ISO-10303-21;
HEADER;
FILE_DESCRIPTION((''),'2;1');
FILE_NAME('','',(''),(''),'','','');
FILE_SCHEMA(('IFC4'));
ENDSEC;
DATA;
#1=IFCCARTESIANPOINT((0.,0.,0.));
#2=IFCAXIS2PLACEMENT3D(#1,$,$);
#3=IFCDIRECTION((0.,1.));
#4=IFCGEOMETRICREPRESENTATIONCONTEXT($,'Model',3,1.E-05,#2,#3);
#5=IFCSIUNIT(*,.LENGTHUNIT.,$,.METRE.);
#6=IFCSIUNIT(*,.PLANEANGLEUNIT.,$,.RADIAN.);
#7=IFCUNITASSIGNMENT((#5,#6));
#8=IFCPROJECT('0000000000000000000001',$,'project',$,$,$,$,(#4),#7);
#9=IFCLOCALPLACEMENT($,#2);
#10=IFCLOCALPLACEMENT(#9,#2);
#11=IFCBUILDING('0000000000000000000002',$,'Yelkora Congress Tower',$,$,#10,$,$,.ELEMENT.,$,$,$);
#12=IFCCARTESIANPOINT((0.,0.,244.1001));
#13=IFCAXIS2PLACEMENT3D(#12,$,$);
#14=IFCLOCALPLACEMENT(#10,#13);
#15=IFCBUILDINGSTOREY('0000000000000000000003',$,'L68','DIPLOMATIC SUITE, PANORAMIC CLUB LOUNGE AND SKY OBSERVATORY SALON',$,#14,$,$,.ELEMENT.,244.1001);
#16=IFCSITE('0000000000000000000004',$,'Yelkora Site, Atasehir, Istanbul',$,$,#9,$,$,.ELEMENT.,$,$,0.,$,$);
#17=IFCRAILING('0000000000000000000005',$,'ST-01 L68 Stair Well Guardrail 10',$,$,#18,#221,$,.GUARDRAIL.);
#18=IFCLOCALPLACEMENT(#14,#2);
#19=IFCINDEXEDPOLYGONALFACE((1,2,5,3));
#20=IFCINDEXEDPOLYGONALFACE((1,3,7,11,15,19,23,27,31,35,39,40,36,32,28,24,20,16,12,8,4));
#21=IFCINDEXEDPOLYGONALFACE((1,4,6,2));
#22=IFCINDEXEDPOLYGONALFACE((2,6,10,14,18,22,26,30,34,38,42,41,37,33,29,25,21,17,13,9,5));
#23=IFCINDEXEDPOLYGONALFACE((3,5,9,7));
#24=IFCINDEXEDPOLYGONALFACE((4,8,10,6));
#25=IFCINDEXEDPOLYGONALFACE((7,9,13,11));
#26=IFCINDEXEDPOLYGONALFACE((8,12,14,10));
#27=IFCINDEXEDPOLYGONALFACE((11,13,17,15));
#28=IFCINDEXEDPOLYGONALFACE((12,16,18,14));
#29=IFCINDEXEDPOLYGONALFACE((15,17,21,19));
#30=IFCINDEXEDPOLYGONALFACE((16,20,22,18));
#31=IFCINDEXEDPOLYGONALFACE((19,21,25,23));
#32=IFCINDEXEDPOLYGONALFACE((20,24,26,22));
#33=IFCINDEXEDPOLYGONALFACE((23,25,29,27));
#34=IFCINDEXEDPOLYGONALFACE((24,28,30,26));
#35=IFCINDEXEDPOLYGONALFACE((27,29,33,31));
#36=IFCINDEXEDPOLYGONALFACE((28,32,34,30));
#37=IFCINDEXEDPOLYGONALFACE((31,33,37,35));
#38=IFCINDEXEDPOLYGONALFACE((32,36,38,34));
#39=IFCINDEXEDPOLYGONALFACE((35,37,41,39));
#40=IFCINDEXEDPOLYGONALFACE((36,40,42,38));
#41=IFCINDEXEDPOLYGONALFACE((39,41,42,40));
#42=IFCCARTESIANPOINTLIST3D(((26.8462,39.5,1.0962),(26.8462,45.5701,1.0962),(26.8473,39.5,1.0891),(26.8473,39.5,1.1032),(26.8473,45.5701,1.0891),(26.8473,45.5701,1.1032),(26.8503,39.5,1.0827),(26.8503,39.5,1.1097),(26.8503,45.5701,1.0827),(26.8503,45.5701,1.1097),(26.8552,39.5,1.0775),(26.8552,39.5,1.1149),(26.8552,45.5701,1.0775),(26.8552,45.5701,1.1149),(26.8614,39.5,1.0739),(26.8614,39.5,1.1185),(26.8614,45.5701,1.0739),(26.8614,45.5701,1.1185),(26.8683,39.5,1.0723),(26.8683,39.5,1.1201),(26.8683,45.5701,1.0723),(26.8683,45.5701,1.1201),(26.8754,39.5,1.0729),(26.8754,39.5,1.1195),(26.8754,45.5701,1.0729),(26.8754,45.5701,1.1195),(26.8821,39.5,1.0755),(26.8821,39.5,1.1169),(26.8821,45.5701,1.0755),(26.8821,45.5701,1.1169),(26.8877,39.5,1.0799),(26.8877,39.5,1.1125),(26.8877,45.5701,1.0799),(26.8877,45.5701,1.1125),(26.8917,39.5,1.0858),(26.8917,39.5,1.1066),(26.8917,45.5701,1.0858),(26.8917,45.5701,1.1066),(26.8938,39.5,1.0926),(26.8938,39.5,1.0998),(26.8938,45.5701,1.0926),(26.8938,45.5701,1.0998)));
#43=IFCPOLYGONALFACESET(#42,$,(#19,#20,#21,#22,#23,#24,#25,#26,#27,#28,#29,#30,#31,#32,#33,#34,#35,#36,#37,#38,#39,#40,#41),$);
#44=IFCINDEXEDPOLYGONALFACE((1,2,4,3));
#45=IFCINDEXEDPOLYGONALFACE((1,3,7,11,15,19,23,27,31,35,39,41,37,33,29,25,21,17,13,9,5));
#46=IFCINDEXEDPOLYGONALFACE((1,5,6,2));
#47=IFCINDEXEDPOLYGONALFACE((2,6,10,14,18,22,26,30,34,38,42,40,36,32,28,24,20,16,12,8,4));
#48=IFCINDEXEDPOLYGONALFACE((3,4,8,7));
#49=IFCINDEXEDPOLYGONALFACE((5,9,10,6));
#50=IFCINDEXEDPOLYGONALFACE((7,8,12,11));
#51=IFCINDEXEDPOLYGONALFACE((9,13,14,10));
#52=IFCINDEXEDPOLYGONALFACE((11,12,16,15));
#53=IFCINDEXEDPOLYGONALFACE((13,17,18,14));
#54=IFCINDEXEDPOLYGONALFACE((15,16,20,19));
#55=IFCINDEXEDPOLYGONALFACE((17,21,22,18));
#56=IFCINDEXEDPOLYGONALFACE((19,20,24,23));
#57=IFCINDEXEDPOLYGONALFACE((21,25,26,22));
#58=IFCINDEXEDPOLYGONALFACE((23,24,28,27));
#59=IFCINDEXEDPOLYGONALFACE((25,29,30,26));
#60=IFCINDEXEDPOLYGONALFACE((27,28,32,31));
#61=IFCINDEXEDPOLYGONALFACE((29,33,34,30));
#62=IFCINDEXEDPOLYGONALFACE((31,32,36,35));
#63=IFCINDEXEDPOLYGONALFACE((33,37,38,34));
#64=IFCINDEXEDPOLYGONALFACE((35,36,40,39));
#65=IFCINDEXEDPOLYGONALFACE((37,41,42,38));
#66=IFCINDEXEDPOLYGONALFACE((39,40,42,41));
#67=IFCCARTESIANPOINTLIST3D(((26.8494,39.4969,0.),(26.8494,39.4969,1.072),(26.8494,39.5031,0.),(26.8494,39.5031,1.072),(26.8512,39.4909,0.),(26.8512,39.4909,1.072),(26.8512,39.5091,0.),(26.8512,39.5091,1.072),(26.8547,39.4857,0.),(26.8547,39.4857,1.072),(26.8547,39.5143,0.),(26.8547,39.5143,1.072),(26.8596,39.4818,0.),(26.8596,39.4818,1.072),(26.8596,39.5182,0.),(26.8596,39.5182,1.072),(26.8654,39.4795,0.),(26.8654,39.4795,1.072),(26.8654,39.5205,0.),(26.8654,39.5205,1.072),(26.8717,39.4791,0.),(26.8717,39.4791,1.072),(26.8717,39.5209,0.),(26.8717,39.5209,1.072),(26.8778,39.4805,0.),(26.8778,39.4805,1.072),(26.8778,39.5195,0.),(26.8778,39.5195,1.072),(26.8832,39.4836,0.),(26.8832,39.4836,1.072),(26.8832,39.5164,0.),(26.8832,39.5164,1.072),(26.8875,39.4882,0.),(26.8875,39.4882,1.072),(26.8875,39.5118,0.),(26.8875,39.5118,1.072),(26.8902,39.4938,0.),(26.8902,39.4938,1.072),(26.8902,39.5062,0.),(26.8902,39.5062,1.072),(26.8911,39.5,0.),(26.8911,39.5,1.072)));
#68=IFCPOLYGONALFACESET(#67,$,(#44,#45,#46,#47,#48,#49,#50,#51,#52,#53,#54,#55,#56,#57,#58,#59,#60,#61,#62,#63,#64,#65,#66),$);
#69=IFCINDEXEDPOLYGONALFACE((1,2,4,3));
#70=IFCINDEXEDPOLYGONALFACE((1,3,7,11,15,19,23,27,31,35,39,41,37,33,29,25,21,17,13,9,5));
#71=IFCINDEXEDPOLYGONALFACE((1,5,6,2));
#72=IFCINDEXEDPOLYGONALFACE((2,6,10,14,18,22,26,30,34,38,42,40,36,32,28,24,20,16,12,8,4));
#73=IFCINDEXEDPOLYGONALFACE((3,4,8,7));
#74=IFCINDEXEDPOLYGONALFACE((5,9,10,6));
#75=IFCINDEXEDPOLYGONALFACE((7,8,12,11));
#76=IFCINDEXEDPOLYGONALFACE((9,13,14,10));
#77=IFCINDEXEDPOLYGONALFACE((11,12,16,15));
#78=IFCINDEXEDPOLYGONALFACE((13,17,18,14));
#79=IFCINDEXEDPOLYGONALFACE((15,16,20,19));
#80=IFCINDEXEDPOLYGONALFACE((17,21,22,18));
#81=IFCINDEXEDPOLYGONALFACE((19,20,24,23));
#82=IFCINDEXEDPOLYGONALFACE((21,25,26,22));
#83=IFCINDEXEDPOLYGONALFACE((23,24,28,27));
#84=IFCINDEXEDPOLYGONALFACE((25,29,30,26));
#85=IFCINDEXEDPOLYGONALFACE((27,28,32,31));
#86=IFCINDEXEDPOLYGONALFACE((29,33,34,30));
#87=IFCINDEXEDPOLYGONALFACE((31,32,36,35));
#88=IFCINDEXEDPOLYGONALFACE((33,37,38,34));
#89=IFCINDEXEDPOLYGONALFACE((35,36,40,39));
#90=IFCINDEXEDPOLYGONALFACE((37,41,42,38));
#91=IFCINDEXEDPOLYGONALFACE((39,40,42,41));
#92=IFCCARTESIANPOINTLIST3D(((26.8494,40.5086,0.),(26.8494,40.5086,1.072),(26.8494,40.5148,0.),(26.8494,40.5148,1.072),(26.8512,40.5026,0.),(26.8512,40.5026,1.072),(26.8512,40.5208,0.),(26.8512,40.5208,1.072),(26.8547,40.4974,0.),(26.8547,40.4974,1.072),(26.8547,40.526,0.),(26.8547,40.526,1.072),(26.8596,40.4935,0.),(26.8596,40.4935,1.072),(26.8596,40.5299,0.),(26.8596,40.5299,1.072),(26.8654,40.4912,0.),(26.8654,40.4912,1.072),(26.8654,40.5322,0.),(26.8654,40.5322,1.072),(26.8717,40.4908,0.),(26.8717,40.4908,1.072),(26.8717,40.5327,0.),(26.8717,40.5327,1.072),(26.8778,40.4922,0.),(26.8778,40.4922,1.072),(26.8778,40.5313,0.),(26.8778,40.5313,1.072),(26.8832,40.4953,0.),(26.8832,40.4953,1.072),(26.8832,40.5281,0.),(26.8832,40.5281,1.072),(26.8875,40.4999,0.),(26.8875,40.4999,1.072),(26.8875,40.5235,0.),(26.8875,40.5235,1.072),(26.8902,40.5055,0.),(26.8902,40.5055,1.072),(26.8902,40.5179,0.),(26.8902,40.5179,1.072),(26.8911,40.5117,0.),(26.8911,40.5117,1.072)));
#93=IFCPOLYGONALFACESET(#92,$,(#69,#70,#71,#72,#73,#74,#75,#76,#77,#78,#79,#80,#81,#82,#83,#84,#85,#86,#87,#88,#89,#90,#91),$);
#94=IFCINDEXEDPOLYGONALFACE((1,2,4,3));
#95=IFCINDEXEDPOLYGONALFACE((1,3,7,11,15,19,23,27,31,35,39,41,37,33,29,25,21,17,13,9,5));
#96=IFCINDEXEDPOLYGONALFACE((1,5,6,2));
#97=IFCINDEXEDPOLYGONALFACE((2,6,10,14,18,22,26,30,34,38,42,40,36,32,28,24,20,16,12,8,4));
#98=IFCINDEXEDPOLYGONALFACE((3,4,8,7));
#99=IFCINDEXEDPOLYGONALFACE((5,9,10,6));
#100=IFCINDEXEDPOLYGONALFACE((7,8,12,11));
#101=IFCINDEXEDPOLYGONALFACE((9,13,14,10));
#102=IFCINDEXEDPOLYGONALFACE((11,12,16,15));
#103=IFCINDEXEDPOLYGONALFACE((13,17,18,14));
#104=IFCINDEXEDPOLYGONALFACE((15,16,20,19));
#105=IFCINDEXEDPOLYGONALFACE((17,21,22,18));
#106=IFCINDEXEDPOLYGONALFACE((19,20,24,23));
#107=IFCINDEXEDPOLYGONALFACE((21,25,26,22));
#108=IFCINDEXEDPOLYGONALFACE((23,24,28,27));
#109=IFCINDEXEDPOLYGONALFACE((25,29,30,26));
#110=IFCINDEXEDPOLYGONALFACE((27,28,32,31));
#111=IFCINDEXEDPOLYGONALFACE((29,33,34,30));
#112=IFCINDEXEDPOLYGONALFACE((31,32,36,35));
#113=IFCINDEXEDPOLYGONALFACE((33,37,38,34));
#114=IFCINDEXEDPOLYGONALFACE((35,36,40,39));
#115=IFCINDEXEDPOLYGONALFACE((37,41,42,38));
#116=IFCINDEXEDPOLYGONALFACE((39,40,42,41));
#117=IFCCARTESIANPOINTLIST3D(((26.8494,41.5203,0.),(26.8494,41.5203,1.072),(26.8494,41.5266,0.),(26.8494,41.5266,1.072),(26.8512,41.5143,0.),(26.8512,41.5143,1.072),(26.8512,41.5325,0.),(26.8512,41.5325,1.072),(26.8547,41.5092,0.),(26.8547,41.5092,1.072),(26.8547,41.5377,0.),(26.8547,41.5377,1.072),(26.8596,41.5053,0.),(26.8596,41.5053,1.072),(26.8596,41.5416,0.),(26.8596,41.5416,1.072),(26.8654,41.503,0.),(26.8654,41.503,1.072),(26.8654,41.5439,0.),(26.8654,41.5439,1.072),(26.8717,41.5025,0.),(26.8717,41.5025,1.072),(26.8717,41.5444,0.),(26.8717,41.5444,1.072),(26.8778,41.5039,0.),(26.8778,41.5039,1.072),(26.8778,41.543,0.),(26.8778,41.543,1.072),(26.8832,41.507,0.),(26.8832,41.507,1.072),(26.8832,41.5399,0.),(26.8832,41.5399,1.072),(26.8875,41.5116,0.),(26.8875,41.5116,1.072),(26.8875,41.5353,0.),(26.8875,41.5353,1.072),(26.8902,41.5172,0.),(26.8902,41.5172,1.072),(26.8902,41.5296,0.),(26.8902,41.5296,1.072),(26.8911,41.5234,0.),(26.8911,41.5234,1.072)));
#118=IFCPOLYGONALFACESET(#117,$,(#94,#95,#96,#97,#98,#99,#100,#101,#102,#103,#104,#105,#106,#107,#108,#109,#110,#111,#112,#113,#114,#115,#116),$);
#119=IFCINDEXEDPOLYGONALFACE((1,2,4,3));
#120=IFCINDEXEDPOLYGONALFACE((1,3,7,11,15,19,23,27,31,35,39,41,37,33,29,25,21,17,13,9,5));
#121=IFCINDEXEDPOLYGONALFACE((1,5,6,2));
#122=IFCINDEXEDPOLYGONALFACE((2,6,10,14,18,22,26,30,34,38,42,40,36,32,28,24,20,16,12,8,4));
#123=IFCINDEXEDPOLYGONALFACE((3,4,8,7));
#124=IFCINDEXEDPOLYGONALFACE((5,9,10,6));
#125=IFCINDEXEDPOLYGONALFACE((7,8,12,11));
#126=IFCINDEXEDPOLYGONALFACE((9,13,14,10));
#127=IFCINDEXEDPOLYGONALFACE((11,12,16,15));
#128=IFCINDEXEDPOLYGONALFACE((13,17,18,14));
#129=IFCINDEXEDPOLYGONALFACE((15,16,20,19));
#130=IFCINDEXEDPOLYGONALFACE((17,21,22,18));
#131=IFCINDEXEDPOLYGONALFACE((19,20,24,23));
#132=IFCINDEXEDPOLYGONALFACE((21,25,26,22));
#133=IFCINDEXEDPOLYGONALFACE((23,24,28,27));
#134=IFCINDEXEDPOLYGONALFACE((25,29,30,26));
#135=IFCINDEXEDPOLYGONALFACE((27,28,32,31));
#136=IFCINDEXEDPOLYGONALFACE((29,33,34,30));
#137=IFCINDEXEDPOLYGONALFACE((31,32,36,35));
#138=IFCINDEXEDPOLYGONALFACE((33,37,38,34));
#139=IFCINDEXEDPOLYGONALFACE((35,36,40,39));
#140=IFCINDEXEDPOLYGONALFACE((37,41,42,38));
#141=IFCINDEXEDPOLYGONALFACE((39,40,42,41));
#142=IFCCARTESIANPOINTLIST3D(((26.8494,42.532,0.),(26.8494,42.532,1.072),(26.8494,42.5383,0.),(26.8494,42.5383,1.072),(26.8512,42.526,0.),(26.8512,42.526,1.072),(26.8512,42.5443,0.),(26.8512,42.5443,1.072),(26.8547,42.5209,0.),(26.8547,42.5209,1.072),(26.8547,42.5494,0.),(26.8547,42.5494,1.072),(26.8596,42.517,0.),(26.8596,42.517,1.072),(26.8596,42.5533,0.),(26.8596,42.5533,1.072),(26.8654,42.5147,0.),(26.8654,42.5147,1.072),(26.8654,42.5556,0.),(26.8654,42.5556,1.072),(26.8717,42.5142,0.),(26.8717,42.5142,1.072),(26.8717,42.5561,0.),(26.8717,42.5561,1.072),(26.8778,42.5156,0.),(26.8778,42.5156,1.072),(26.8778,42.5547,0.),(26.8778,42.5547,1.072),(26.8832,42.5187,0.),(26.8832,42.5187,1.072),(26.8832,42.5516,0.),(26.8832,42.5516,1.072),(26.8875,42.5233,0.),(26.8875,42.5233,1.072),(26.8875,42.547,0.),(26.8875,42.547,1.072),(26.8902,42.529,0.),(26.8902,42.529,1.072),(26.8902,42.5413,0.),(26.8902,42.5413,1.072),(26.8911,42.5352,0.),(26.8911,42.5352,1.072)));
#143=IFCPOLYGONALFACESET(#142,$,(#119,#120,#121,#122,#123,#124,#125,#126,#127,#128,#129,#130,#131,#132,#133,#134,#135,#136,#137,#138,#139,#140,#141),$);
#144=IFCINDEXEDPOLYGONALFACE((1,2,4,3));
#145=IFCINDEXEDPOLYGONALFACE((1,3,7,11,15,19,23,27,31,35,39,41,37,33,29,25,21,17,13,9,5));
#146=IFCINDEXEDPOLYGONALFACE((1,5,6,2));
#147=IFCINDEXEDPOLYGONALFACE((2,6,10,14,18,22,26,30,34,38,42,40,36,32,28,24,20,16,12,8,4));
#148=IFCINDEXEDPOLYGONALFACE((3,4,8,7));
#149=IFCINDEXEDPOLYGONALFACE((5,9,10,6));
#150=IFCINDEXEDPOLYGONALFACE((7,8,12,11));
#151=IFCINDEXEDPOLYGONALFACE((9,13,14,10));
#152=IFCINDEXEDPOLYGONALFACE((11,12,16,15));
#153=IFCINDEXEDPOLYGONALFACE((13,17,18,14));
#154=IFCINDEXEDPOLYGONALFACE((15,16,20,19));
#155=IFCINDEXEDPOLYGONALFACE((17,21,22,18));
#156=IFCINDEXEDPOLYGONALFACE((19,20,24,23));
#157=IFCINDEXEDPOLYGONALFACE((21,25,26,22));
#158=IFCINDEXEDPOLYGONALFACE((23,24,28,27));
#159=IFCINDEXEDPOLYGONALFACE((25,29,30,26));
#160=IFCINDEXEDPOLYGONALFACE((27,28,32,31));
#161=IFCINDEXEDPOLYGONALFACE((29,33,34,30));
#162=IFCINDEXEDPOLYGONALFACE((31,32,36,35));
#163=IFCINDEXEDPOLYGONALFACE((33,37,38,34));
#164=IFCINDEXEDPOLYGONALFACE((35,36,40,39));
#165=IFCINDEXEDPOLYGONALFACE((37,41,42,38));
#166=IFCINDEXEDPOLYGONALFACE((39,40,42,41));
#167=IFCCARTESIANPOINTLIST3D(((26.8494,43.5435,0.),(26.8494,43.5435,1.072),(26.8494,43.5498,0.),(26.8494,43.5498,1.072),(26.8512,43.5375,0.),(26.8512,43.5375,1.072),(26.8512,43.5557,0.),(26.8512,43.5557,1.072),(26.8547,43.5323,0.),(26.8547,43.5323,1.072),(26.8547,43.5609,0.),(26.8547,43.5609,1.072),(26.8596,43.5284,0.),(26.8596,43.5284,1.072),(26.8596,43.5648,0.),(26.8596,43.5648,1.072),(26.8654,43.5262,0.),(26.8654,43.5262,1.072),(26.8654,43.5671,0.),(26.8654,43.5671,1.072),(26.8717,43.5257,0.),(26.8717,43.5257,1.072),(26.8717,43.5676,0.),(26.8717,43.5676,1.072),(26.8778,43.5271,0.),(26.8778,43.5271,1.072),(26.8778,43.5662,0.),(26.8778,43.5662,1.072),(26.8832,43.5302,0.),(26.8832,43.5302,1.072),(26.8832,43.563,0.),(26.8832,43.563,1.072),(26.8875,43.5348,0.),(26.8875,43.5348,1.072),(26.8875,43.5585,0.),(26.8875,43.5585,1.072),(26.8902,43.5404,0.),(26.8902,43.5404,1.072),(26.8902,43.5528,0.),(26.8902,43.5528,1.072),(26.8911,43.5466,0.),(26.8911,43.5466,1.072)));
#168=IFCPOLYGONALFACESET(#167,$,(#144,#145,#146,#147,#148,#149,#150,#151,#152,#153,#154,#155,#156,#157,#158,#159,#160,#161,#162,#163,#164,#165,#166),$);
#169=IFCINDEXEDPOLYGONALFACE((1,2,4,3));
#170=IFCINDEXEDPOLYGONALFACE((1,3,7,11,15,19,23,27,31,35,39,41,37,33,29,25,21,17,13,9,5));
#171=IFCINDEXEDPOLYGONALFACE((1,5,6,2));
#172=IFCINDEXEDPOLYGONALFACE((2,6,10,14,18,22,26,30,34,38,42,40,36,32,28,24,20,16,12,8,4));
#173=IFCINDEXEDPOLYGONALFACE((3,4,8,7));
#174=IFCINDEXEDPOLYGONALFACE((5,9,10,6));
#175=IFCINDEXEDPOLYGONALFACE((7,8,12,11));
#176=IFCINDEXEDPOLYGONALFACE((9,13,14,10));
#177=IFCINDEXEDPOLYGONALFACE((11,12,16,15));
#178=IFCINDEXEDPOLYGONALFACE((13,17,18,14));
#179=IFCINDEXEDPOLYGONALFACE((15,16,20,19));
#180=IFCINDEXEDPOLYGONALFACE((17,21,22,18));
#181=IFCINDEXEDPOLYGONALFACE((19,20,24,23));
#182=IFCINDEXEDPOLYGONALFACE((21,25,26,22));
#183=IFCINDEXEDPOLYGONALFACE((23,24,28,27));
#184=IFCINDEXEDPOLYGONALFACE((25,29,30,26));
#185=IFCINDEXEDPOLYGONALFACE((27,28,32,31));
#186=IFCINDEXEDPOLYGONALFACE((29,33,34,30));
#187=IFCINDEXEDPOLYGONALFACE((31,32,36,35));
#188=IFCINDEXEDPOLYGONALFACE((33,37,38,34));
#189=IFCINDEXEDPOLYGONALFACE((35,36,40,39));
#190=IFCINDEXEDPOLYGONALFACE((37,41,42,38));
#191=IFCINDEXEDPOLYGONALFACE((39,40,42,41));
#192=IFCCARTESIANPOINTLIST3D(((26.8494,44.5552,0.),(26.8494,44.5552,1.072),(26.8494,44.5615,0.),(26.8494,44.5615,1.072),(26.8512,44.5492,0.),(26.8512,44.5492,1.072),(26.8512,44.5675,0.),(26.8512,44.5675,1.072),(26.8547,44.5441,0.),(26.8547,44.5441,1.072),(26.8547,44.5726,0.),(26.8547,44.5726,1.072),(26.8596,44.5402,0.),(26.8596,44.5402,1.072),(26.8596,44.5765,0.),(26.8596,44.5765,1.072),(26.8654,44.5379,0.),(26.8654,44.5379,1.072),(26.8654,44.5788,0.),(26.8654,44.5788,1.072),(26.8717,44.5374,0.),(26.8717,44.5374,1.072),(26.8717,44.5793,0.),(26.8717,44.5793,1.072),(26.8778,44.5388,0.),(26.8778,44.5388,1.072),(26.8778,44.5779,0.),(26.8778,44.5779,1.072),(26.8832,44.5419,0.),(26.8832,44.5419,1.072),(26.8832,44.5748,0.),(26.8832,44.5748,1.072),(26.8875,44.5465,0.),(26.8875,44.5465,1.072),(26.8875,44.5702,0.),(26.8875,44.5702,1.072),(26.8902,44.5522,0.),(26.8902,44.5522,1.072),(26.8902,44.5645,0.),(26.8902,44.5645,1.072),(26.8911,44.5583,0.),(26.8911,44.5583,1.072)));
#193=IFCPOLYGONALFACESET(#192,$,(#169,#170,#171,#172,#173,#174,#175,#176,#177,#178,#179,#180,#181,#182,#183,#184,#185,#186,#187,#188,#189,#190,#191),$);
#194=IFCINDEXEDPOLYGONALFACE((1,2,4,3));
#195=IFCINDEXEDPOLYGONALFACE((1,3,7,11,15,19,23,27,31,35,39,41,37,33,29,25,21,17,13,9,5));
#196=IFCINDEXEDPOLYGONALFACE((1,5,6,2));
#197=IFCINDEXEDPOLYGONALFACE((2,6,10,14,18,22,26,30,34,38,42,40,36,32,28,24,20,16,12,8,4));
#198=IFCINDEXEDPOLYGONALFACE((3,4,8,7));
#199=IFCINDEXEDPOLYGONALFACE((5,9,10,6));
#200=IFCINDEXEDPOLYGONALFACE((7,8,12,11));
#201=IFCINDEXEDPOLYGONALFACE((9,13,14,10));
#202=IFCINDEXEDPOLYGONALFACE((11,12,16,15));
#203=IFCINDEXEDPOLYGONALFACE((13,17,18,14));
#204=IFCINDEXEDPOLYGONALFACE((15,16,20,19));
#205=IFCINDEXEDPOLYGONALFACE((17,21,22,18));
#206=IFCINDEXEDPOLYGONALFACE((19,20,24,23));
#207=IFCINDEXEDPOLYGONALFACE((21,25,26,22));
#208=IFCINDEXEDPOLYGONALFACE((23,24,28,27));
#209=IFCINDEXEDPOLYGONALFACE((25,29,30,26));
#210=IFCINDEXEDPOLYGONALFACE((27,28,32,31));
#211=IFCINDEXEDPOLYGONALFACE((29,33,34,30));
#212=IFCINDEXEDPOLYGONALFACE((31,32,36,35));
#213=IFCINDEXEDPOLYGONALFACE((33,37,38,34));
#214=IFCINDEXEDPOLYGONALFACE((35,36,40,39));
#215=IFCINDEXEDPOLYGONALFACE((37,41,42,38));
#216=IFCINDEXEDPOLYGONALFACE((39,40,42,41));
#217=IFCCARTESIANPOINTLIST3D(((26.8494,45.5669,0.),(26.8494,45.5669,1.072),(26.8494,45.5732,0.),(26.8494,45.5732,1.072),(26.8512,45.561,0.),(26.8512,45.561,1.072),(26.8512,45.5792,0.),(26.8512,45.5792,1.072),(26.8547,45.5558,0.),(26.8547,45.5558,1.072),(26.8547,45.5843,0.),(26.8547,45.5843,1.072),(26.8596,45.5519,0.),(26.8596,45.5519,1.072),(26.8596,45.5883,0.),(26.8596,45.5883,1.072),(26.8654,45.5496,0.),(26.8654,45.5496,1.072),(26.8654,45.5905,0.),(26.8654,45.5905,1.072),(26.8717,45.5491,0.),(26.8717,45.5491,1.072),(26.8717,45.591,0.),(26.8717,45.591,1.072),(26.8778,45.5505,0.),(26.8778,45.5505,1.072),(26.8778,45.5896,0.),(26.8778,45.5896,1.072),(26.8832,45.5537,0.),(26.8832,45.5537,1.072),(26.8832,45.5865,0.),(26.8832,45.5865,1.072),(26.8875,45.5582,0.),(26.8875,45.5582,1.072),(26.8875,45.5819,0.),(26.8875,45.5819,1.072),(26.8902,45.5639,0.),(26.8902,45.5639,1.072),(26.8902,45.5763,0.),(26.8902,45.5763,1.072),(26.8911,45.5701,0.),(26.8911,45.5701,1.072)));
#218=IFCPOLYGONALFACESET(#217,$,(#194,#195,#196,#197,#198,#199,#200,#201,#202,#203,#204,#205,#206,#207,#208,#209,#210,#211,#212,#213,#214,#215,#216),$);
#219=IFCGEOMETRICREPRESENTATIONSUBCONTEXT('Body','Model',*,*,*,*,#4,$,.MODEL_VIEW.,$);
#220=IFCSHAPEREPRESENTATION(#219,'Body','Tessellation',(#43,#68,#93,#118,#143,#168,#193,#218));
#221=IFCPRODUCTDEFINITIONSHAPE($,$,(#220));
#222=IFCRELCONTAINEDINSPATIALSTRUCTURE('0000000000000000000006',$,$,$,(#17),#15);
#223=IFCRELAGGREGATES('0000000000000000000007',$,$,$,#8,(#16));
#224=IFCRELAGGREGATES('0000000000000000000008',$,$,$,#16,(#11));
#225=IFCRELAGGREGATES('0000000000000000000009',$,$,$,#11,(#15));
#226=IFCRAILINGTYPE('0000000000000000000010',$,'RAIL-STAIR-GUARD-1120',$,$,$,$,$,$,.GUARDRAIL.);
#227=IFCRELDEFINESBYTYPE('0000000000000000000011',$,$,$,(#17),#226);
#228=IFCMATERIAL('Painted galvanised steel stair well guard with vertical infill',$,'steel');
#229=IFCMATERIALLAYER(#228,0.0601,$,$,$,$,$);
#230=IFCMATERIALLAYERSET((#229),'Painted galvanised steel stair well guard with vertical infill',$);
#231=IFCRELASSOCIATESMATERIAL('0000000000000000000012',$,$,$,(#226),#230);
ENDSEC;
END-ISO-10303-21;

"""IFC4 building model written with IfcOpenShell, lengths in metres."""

from ifc_helpers import new_model, si_unit, direction, frame, origin, origin_2d, place, context, subcontext, project, spatial, circle, extrude, material, layer, layer_set, type_object, element, save


model = new_model("IFC4")

# Units and contexts
model_context = context("Model", 3, precision=1e-05, world=origin(), true_north=direction((0.0, 1.0)))
body_context = subcontext(model_context, "Body", "Model", "MODEL_VIEW")
ifc_project = project(units=[si_unit("LENGTHUNIT", "METRE"), si_unit("PLANEANGLEUNIT", "RADIAN")], contexts=[model_context])

# Site, building, storey
site_placement = place(None, origin())
site = spatial("IfcSite", under=ifc_project, at=site_placement, Name="Yelkora Site, Atasehir, Istanbul", CompositionType="ELEMENT", RefElevation=0.0)
building_placement = place(site_placement, origin())
building = spatial("IfcBuilding", under=site, at=building_placement, Name="Yelkora Congress Tower", CompositionType="ELEMENT")
storey_placement = place(building_placement, frame((0.0, 0.0, 244.1001)))
storey = spatial("IfcBuildingStorey", under=building, at=storey_placement, Name="L68", Description="DIPLOMATIC SUITE, PANORAMIC CLUB LOUNGE AND SKY OBSERVATORY SALON", CompositionType="ELEMENT", Elevation=244.1001)

# Railing
ifc_material_1 = material(Name="Painted galvanised steel stair well guard with vertical infill", Category="steel")
ifc_layer_1 = layer(ifc_material_1, 0.0601)
ifc_layer_set_1 = layer_set([ifc_layer_1], Name="Painted galvanised steel stair well guard with vertical infill")
railing_type_1 = type_object("IfcRailingType", Name="RAIL-STAIR-GUARD-1120", PredefinedType="GUARDRAIL", material=ifc_layer_set_1)
railing_1_placement = place(storey_placement, frame((26.8701, 39.5, 0.0)))
element("IfcRailing", 1, at=railing_1_placement, inside=storey, type_object=railing_type_1, Name="ST-01 L68 Stair Well Guardrail 10", PredefinedType="GUARDRAIL", context=body_context, shape_type="SweptSolid", body=[
    extrude(circle(Radius=0.0239, at=origin_2d()), frame((0.0, 0.0, 1.0962), z_axis=(0.0, 1.0, 0.0), x_axis=(-1.0, 0.0, 0.0)), (0.0, 0.0, 1.0), 6.0701),
    extrude(circle(Radius=0.021, at=origin_2d()), origin(), (0.0, 0.0, 1.0), 1.072),
    extrude(circle(Radius=0.021, at=origin_2d()), frame((0.0, 1.0117, 0.0)), (0.0, 0.0, 1.0), 1.072),
    extrude(circle(Radius=0.021, at=origin_2d()), frame((0.0, 2.0234, 0.0)), (0.0, 0.0, 1.0), 1.072),
    extrude(circle(Radius=0.021, at=origin_2d()), frame((0.0, 3.0352, 0.0)), (0.0, 0.0, 1.0), 1.072),
    extrude(circle(Radius=0.021, at=origin_2d()), frame((0.0, 4.0466, 0.0)), (0.0, 0.0, 1.0), 1.072),
    extrude(circle(Radius=0.021, at=origin_2d()), frame((0.0, 5.0583, 0.0)), (0.0, 0.0, 1.0), 1.072),
    extrude(circle(Radius=0.021, at=origin_2d()), frame((0.0, 6.0701, 0.0)), (0.0, 0.0, 1.0), 1.072),
])

save(model, "model.ifc")
